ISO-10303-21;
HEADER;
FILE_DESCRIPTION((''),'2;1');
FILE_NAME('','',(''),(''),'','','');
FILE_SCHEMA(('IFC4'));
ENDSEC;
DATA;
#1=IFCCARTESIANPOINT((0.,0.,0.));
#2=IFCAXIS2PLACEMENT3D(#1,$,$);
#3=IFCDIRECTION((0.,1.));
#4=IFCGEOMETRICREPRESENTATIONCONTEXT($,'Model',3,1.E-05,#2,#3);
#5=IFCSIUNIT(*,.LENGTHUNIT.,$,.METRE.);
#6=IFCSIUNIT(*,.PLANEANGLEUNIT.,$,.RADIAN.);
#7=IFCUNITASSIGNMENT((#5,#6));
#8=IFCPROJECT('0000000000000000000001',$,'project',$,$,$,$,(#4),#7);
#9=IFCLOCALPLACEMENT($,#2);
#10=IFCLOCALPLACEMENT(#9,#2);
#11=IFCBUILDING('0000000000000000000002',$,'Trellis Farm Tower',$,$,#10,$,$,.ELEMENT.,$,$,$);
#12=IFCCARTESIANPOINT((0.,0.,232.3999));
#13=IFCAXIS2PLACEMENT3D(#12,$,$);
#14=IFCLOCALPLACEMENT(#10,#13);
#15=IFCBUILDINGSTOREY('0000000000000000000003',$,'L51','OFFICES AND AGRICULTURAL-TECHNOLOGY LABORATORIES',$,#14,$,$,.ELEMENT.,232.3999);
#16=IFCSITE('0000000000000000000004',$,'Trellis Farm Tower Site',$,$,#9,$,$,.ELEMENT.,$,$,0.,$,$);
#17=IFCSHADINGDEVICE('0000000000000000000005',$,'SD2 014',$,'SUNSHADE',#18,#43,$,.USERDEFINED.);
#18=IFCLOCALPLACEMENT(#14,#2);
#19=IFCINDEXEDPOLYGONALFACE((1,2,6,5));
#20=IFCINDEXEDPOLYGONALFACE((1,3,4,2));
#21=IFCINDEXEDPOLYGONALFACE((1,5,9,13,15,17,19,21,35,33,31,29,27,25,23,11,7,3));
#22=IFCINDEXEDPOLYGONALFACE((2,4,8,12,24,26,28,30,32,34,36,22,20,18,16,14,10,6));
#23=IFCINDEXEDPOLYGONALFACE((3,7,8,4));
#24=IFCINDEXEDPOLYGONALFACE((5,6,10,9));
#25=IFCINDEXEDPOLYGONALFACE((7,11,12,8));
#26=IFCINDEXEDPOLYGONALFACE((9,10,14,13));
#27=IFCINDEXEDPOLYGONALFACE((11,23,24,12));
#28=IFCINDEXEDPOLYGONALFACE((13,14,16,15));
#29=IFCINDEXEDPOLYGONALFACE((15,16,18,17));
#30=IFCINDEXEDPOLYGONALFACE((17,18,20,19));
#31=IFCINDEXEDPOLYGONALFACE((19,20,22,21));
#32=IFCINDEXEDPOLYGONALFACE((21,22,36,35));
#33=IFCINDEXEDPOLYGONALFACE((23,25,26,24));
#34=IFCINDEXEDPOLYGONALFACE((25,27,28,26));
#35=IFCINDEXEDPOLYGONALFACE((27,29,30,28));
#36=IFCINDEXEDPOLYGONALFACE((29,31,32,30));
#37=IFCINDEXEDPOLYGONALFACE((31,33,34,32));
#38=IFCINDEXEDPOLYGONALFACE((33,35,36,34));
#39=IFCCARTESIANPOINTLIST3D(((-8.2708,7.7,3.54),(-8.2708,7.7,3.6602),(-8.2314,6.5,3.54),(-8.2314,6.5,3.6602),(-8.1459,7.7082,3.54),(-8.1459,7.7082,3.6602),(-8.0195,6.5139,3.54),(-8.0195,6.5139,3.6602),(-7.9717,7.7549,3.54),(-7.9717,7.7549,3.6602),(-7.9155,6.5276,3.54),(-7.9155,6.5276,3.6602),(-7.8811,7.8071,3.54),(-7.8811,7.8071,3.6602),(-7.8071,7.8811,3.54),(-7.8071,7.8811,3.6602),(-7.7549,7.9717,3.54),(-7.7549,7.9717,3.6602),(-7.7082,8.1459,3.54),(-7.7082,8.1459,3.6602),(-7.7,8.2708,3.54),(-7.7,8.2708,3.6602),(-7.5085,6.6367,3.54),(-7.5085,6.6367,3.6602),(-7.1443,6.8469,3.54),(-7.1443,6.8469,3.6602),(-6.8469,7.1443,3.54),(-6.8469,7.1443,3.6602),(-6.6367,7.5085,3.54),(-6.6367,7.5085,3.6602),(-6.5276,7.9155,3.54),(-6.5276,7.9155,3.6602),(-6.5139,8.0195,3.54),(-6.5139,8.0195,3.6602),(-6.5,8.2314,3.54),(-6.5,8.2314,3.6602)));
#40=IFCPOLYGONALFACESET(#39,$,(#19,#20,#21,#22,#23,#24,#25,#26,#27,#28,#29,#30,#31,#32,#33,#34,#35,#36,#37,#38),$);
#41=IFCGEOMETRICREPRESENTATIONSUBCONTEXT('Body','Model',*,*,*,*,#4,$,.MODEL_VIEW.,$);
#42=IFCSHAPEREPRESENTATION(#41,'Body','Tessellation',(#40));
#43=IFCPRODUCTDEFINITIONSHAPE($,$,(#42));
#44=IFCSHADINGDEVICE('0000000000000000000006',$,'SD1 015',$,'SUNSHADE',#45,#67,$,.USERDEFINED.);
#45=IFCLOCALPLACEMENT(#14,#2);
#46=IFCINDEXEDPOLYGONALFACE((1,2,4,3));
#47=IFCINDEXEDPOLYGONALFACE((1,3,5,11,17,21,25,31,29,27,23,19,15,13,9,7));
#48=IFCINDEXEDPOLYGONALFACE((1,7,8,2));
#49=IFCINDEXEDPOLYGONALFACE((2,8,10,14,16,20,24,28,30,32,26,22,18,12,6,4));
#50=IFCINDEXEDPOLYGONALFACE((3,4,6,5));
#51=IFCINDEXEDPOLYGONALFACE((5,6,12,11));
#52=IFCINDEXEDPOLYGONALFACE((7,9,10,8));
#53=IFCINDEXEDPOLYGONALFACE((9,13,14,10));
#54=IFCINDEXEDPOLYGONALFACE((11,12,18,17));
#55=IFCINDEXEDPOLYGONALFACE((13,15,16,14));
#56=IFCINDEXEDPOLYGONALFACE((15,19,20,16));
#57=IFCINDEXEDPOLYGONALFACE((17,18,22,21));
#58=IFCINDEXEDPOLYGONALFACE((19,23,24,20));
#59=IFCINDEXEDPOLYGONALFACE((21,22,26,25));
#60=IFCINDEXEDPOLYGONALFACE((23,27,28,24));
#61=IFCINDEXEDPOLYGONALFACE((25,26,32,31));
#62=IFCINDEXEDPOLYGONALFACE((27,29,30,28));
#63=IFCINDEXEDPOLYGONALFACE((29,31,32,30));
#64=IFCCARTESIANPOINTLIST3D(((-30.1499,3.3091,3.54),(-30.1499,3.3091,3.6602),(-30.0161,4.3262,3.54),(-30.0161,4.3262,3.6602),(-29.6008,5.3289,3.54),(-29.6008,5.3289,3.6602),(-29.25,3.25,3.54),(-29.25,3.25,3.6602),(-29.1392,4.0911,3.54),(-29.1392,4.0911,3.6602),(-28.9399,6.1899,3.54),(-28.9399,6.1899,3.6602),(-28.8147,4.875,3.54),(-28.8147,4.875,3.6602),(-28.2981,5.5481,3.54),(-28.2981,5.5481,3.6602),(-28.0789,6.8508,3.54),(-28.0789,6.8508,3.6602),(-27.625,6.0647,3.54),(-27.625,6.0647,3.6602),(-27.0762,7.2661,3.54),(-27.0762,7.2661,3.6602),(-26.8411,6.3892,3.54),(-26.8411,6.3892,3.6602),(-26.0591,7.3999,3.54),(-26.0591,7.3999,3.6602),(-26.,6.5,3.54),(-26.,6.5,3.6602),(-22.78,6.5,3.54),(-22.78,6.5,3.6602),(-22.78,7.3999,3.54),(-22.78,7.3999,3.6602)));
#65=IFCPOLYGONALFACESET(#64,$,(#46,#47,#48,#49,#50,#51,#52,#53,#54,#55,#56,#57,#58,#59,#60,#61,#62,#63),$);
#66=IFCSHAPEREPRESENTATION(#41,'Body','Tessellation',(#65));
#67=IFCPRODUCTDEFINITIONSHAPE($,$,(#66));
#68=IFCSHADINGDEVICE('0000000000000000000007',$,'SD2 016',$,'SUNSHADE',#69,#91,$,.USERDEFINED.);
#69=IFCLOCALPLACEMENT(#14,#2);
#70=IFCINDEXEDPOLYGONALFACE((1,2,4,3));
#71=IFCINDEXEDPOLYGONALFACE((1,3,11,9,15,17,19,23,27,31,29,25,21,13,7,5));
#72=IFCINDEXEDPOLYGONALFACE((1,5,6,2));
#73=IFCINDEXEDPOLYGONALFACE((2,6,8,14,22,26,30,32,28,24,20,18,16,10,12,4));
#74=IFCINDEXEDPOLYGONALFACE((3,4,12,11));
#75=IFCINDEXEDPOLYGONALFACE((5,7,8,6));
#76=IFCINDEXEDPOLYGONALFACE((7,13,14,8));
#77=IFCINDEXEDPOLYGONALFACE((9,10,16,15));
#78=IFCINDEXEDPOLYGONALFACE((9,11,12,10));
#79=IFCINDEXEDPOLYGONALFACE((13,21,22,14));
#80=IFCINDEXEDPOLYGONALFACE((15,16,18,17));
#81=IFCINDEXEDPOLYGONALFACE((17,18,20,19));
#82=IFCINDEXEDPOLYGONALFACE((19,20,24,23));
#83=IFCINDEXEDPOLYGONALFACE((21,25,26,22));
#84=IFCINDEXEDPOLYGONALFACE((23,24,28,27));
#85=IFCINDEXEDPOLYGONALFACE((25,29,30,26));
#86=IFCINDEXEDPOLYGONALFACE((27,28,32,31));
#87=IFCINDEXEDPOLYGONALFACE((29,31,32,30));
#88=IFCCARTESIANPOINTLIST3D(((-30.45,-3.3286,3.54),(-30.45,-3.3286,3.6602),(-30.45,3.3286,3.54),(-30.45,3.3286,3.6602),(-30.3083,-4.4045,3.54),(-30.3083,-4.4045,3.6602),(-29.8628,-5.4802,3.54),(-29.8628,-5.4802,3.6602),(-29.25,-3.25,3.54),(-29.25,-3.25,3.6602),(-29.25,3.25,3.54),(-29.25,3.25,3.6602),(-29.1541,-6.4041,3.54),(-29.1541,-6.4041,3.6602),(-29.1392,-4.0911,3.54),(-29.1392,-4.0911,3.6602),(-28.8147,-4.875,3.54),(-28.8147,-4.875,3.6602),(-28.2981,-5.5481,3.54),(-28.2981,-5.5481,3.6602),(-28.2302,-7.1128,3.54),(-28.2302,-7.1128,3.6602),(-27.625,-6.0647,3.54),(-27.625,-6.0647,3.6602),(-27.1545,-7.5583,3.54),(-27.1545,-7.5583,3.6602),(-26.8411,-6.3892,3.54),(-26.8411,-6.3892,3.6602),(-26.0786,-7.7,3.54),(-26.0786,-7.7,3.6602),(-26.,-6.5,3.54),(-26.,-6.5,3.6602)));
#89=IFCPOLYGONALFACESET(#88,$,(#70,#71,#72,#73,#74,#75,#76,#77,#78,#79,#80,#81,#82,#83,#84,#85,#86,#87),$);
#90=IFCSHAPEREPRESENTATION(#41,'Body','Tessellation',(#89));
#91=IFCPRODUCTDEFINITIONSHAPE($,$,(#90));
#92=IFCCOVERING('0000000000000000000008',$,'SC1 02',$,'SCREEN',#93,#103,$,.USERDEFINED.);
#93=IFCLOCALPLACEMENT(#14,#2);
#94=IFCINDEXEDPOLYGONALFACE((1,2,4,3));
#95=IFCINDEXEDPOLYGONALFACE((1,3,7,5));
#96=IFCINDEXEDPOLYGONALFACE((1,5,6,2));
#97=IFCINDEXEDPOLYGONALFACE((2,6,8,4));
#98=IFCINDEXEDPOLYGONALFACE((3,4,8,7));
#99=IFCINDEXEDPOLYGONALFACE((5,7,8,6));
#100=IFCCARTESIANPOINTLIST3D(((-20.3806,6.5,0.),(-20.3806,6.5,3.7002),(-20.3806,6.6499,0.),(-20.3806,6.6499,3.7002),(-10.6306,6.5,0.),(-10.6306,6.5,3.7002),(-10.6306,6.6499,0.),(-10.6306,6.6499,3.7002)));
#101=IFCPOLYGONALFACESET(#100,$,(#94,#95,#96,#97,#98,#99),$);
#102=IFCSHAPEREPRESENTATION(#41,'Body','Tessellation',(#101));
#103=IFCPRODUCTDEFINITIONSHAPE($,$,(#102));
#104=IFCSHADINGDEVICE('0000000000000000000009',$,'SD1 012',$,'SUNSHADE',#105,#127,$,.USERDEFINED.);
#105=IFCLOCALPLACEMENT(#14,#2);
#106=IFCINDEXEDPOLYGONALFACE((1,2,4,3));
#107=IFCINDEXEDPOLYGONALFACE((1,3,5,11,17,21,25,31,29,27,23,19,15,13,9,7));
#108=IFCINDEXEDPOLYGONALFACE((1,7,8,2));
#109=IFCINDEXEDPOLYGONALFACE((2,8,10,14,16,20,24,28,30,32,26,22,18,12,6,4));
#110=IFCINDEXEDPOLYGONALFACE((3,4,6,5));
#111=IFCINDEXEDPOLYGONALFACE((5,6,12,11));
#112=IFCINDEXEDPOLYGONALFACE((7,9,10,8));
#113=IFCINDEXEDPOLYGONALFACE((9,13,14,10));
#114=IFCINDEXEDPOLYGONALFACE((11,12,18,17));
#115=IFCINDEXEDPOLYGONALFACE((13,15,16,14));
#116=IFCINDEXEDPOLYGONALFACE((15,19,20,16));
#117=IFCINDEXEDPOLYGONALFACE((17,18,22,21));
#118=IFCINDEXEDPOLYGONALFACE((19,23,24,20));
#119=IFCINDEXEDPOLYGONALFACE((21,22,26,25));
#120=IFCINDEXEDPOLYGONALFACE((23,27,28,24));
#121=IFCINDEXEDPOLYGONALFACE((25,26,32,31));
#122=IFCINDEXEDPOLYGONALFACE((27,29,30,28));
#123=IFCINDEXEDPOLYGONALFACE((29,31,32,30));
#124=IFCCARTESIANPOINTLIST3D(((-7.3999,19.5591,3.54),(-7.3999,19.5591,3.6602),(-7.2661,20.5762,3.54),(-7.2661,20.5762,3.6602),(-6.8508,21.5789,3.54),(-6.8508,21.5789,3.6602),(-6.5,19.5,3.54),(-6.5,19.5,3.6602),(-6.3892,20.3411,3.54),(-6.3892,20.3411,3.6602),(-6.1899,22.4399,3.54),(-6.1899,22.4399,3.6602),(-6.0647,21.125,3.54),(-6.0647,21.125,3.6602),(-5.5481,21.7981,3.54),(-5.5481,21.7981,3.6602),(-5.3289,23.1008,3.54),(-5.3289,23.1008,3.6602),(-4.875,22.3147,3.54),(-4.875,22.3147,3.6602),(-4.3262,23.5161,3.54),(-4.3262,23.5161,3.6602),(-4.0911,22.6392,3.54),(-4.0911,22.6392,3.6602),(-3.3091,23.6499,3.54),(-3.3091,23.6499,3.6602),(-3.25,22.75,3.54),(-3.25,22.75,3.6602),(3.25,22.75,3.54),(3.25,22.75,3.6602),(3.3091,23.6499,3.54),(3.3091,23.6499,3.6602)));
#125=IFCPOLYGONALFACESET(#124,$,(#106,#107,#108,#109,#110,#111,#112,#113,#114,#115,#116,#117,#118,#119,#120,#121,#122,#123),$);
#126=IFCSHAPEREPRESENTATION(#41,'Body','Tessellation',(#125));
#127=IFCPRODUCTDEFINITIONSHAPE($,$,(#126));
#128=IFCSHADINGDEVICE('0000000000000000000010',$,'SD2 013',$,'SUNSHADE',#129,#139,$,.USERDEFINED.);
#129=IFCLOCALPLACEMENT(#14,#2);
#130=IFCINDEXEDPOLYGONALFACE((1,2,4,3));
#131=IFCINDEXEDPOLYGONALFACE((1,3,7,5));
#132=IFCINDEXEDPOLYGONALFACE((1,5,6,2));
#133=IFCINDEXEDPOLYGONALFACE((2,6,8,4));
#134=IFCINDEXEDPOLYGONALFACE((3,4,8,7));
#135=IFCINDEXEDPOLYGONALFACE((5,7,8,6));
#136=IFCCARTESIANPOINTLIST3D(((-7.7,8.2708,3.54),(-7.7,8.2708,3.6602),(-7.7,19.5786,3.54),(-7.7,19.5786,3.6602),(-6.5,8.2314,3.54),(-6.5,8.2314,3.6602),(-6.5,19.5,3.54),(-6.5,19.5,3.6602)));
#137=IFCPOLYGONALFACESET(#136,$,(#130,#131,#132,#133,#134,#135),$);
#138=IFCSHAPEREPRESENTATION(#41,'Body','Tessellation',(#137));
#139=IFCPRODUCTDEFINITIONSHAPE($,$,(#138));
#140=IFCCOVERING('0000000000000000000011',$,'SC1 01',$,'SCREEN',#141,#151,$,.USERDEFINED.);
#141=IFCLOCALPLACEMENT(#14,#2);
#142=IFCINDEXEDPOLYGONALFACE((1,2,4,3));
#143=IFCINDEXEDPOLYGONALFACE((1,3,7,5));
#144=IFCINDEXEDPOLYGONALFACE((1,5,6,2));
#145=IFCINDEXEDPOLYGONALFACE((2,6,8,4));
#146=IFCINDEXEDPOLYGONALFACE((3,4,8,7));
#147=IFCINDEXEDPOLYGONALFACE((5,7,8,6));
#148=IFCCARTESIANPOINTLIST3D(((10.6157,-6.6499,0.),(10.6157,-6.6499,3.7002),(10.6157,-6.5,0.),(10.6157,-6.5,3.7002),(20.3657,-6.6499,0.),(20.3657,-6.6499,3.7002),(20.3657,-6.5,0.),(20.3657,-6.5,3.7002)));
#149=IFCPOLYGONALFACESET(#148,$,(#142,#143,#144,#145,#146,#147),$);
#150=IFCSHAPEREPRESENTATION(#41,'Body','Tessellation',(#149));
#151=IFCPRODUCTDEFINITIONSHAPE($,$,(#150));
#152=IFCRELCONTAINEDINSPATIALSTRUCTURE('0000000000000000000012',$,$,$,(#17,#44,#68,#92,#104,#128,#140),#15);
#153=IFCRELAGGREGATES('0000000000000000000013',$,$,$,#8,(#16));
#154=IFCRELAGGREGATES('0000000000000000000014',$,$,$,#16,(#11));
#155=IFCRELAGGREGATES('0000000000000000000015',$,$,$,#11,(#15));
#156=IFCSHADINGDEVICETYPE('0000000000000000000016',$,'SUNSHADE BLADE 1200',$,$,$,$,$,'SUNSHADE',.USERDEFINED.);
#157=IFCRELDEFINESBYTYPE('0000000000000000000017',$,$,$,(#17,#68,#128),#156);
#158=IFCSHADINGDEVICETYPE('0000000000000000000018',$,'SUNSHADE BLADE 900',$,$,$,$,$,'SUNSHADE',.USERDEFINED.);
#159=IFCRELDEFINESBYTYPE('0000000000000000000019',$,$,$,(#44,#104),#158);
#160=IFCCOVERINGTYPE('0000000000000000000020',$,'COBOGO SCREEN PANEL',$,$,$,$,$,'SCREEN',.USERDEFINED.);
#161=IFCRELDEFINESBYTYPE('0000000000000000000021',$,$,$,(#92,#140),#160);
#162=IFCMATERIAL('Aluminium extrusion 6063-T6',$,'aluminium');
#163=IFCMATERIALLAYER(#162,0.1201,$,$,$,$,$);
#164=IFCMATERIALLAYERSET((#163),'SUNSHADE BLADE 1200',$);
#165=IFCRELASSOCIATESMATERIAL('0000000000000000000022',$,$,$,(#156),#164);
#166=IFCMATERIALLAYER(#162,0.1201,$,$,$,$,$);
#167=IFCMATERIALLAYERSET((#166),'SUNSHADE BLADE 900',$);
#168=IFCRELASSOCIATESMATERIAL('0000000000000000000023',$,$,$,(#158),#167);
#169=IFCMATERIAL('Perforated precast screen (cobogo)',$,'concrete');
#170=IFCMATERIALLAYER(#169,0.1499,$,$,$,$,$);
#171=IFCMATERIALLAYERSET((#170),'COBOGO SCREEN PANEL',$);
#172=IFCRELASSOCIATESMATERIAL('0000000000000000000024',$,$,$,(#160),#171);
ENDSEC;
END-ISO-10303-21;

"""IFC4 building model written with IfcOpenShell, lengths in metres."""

from ifc_helpers import new_model, si_unit, direction, frame, origin, place, context, subcontext, project, spatial, polyline, outline, extrude, source, transform, mapped, material, layer, layer_set, type_object, element, save


model = new_model("IFC4")

# Units and contexts
model_context = context("Model", 3, precision=1e-05, world=origin(), true_north=direction((0.0, 1.0)))
body_context = subcontext(model_context, "Body", "Model", "MODEL_VIEW")
ifc_project = project(units=[si_unit("LENGTHUNIT", "METRE"), si_unit("PLANEANGLEUNIT", "RADIAN")], contexts=[model_context])

# Site, building, storey
site_placement = place(None, origin())
site = spatial("IfcSite", under=ifc_project, at=site_placement, Name="Trellis Farm Tower Site", CompositionType="ELEMENT", RefElevation=0.0)
building_placement = place(site_placement, origin())
building = spatial("IfcBuilding", under=site, at=building_placement, Name="Trellis Farm Tower", CompositionType="ELEMENT")
storey_placement = place(building_placement, frame((0.0, 0.0, 232.3999)))
storey = spatial("IfcBuildingStorey", under=building, at=storey_placement, Name="L51", Description="OFFICES AND AGRICULTURAL-TECHNOLOGY LABORATORIES", CompositionType="ELEMENT", Elevation=232.3999)

# Shared definitions
placement_1 = place(storey_placement, origin())
ifc_material_1 = material(Name="Aluminium extrusion 6063-T6", Category="aluminium")

# Shading devices
ifc_layer_1 = layer(ifc_material_1, 0.1201)
ifc_layer_set_1 = layer_set([ifc_layer_1], Name="SUNSHADE BLADE 1200")
shading_device_type_1 = type_object("IfcShadingDeviceType", Name="SUNSHADE BLADE 1200", ElementType="SUNSHADE", PredefinedType="USERDEFINED", material=ifc_layer_set_1)
shared_shape_1 = source(origin(), body_context, "Body", "SweptSolid", [
    extrude(outline(polyline([(-7.7, 8.2708), (-7.7087, 8.1372), (-7.707, 8.1501), (-7.7549, 7.9717), (-7.8071, 7.8811), (-7.8811, 7.8071), (-7.9717, 7.7549), (-8.1501, 7.707), (-8.1372, 7.7087), (-8.2708, 7.7), (-8.2314, 6.5), (-8.0195, 6.5139), (-7.9155, 6.5276), (-7.5085, 6.6367), (-7.1443, 6.8469), (-6.8469, 7.1443), (-6.6367, 7.5085), (-6.5276, 7.9155), (-6.5139, 8.0195), (-6.5, 8.2314), (-7.7, 8.2708)])), origin(), (0.0, 0.0, 1.0), 0.1201),
])
placement_2 = place(storey_placement, frame((0.0, 0.0, 3.54)))
element("IfcShadingDevice", 1, at=placement_2, inside=storey, type_object=shading_device_type_1, Name="SD2 014", ObjectType="SUNSHADE", PredefinedType="USERDEFINED", context=body_context, shape_type="MappedRepresentation", body=[
    mapped(shared_shape_1, transform((0.0, 0.0, 0.0))),
])
ifc_layer_2 = layer(ifc_material_1, 0.1201)
ifc_layer_set_2 = layer_set([ifc_layer_2], Name="SUNSHADE BLADE 900")
shading_device_type_2 = type_object("IfcShadingDeviceType", Name="SUNSHADE BLADE 900", ElementType="SUNSHADE", PredefinedType="USERDEFINED", material=ifc_layer_set_2)
shared_shape_2 = source(origin(), body_context, "Body", "SweptSolid", [
    extrude(outline(polyline([(-22.78, 7.3999), (-26.0591, 7.3999), (-27.0762, 7.2661), (-28.0789, 6.8508), (-28.9399, 6.1899), (-29.6008, 5.3289), (-30.0161, 4.3262), (-30.1499, 3.3091), (-29.25, 3.25), (-29.1392, 4.0911), (-28.8147, 4.875), (-28.2981, 5.5481), (-27.625, 6.0647), (-26.8411, 6.3892), (-26.0, 6.5), (-22.78, 6.5), (-22.78, 7.3999)])), origin(), (0.0, 0.0, 1.0), 0.1201),
])
element("IfcShadingDevice", 2, at=placement_2, inside=storey, type_object=shading_device_type_2, Name="SD1 015", ObjectType="SUNSHADE", PredefinedType="USERDEFINED", context=body_context, shape_type="MappedRepresentation", body=[
    mapped(shared_shape_2, transform((0.0, 0.0, 0.0))),
])
shared_shape_3 = source(origin(), body_context, "Body", "SweptSolid", [
    extrude(outline(polyline([(-30.45, 3.3286), (-30.45, -3.3286), (-30.3083, -4.4045), (-29.8628, -5.4802), (-29.1541, -6.4041), (-28.2302, -7.1128), (-27.1545, -7.5583), (-26.0786, -7.7), (-26.0, -6.5), (-26.8411, -6.3892), (-27.625, -6.0647), (-28.2981, -5.5481), (-28.8147, -4.875), (-29.1392, -4.0911), (-29.25, -3.25), (-29.25, 3.25), (-30.45, 3.3286)])), origin(), (0.0, 0.0, 1.0), 0.1201),
])
element("IfcShadingDevice", 3, at=placement_2, inside=storey, type_object=shading_device_type_1, Name="SD2 016", ObjectType="SUNSHADE", PredefinedType="USERDEFINED", context=body_context, shape_type="MappedRepresentation", body=[
    mapped(shared_shape_3, transform((0.0, 0.0, 0.0))),
])

# Covering
ifc_material_2 = material(Name="Perforated precast screen (cobogo)", Category="concrete")
ifc_layer_3 = layer(ifc_material_2, 0.1499)
ifc_layer_set_3 = layer_set([ifc_layer_3], Name="COBOGO SCREEN PANEL")
covering_type = type_object("IfcCoveringType", Name="COBOGO SCREEN PANEL", ElementType="SCREEN", PredefinedType="USERDEFINED", material=ifc_layer_set_3)
shared_shape_4 = source(origin(), body_context, "Body", "SweptSolid", [
    extrude(outline(polyline([(-10.6306, 6.6499), (-20.3806, 6.6499), (-20.3806, 6.5), (-10.6306, 6.5), (-10.6306, 6.6499)])), origin(), (0.0, 0.0, 1.0), 3.7002),
])
element("IfcCovering", 4, at=placement_1, inside=storey, type_object=covering_type, Name="SC1 02", ObjectType="SCREEN", PredefinedType="USERDEFINED", context=body_context, shape_type="MappedRepresentation", body=[
    mapped(shared_shape_4, transform((0.0, 0.0, 0.0))),
])

# Shading devices
shared_shape_5 = source(origin(), body_context, "Body", "SweptSolid", [
    extrude(outline(polyline([(3.3091, 23.6499), (-3.3091, 23.6499), (-4.3262, 23.5161), (-5.3289, 23.1008), (-6.1899, 22.4399), (-6.8508, 21.5789), (-7.2661, 20.5762), (-7.3999, 19.5591), (-6.5, 19.5), (-6.3892, 20.3411), (-6.0647, 21.125), (-5.5481, 21.7981), (-4.875, 22.3147), (-4.0911, 22.6392), (-3.25, 22.75), (3.25, 22.75), (3.3091, 23.6499)])), origin(), (0.0, 0.0, 1.0), 0.1201),
])
element("IfcShadingDevice", 5, at=placement_2, inside=storey, type_object=shading_device_type_2, Name="SD1 012", ObjectType="SUNSHADE", PredefinedType="USERDEFINED", context=body_context, shape_type="MappedRepresentation", body=[
    mapped(shared_shape_5, transform((0.0, 0.0, 0.0))),
])
shared_shape_6 = source(origin(), body_context, "Body", "SweptSolid", [
    extrude(outline(polyline([(-7.7, 19.5786), (-7.7, 8.2708), (-6.5, 8.2314), (-6.5, 19.5), (-7.7, 19.5786)])), origin(), (0.0, 0.0, 1.0), 0.1201),
])
element("IfcShadingDevice", 6, at=placement_2, inside=storey, type_object=shading_device_type_1, Name="SD2 013", ObjectType="SUNSHADE", PredefinedType="USERDEFINED", context=body_context, shape_type="MappedRepresentation", body=[
    mapped(shared_shape_6, transform((0.0, 0.0, 0.0))),
])

# Covering
shared_shape_7 = source(origin(), body_context, "Body", "SweptSolid", [
    extrude(outline(polyline([(10.6157, -6.6499), (20.3657, -6.6499), (20.3657, -6.5), (10.6157, -6.5), (10.6157, -6.6499)])), origin(), (0.0, 0.0, 1.0), 3.7002),
])
element("IfcCovering", 7, at=placement_1, inside=storey, type_object=covering_type, Name="SC1 01", ObjectType="SCREEN", PredefinedType="USERDEFINED", context=body_context, shape_type="MappedRepresentation", body=[
    mapped(shared_shape_7, transform((0.0, 0.0, 0.0))),
])

save(model, "model.ifc")
